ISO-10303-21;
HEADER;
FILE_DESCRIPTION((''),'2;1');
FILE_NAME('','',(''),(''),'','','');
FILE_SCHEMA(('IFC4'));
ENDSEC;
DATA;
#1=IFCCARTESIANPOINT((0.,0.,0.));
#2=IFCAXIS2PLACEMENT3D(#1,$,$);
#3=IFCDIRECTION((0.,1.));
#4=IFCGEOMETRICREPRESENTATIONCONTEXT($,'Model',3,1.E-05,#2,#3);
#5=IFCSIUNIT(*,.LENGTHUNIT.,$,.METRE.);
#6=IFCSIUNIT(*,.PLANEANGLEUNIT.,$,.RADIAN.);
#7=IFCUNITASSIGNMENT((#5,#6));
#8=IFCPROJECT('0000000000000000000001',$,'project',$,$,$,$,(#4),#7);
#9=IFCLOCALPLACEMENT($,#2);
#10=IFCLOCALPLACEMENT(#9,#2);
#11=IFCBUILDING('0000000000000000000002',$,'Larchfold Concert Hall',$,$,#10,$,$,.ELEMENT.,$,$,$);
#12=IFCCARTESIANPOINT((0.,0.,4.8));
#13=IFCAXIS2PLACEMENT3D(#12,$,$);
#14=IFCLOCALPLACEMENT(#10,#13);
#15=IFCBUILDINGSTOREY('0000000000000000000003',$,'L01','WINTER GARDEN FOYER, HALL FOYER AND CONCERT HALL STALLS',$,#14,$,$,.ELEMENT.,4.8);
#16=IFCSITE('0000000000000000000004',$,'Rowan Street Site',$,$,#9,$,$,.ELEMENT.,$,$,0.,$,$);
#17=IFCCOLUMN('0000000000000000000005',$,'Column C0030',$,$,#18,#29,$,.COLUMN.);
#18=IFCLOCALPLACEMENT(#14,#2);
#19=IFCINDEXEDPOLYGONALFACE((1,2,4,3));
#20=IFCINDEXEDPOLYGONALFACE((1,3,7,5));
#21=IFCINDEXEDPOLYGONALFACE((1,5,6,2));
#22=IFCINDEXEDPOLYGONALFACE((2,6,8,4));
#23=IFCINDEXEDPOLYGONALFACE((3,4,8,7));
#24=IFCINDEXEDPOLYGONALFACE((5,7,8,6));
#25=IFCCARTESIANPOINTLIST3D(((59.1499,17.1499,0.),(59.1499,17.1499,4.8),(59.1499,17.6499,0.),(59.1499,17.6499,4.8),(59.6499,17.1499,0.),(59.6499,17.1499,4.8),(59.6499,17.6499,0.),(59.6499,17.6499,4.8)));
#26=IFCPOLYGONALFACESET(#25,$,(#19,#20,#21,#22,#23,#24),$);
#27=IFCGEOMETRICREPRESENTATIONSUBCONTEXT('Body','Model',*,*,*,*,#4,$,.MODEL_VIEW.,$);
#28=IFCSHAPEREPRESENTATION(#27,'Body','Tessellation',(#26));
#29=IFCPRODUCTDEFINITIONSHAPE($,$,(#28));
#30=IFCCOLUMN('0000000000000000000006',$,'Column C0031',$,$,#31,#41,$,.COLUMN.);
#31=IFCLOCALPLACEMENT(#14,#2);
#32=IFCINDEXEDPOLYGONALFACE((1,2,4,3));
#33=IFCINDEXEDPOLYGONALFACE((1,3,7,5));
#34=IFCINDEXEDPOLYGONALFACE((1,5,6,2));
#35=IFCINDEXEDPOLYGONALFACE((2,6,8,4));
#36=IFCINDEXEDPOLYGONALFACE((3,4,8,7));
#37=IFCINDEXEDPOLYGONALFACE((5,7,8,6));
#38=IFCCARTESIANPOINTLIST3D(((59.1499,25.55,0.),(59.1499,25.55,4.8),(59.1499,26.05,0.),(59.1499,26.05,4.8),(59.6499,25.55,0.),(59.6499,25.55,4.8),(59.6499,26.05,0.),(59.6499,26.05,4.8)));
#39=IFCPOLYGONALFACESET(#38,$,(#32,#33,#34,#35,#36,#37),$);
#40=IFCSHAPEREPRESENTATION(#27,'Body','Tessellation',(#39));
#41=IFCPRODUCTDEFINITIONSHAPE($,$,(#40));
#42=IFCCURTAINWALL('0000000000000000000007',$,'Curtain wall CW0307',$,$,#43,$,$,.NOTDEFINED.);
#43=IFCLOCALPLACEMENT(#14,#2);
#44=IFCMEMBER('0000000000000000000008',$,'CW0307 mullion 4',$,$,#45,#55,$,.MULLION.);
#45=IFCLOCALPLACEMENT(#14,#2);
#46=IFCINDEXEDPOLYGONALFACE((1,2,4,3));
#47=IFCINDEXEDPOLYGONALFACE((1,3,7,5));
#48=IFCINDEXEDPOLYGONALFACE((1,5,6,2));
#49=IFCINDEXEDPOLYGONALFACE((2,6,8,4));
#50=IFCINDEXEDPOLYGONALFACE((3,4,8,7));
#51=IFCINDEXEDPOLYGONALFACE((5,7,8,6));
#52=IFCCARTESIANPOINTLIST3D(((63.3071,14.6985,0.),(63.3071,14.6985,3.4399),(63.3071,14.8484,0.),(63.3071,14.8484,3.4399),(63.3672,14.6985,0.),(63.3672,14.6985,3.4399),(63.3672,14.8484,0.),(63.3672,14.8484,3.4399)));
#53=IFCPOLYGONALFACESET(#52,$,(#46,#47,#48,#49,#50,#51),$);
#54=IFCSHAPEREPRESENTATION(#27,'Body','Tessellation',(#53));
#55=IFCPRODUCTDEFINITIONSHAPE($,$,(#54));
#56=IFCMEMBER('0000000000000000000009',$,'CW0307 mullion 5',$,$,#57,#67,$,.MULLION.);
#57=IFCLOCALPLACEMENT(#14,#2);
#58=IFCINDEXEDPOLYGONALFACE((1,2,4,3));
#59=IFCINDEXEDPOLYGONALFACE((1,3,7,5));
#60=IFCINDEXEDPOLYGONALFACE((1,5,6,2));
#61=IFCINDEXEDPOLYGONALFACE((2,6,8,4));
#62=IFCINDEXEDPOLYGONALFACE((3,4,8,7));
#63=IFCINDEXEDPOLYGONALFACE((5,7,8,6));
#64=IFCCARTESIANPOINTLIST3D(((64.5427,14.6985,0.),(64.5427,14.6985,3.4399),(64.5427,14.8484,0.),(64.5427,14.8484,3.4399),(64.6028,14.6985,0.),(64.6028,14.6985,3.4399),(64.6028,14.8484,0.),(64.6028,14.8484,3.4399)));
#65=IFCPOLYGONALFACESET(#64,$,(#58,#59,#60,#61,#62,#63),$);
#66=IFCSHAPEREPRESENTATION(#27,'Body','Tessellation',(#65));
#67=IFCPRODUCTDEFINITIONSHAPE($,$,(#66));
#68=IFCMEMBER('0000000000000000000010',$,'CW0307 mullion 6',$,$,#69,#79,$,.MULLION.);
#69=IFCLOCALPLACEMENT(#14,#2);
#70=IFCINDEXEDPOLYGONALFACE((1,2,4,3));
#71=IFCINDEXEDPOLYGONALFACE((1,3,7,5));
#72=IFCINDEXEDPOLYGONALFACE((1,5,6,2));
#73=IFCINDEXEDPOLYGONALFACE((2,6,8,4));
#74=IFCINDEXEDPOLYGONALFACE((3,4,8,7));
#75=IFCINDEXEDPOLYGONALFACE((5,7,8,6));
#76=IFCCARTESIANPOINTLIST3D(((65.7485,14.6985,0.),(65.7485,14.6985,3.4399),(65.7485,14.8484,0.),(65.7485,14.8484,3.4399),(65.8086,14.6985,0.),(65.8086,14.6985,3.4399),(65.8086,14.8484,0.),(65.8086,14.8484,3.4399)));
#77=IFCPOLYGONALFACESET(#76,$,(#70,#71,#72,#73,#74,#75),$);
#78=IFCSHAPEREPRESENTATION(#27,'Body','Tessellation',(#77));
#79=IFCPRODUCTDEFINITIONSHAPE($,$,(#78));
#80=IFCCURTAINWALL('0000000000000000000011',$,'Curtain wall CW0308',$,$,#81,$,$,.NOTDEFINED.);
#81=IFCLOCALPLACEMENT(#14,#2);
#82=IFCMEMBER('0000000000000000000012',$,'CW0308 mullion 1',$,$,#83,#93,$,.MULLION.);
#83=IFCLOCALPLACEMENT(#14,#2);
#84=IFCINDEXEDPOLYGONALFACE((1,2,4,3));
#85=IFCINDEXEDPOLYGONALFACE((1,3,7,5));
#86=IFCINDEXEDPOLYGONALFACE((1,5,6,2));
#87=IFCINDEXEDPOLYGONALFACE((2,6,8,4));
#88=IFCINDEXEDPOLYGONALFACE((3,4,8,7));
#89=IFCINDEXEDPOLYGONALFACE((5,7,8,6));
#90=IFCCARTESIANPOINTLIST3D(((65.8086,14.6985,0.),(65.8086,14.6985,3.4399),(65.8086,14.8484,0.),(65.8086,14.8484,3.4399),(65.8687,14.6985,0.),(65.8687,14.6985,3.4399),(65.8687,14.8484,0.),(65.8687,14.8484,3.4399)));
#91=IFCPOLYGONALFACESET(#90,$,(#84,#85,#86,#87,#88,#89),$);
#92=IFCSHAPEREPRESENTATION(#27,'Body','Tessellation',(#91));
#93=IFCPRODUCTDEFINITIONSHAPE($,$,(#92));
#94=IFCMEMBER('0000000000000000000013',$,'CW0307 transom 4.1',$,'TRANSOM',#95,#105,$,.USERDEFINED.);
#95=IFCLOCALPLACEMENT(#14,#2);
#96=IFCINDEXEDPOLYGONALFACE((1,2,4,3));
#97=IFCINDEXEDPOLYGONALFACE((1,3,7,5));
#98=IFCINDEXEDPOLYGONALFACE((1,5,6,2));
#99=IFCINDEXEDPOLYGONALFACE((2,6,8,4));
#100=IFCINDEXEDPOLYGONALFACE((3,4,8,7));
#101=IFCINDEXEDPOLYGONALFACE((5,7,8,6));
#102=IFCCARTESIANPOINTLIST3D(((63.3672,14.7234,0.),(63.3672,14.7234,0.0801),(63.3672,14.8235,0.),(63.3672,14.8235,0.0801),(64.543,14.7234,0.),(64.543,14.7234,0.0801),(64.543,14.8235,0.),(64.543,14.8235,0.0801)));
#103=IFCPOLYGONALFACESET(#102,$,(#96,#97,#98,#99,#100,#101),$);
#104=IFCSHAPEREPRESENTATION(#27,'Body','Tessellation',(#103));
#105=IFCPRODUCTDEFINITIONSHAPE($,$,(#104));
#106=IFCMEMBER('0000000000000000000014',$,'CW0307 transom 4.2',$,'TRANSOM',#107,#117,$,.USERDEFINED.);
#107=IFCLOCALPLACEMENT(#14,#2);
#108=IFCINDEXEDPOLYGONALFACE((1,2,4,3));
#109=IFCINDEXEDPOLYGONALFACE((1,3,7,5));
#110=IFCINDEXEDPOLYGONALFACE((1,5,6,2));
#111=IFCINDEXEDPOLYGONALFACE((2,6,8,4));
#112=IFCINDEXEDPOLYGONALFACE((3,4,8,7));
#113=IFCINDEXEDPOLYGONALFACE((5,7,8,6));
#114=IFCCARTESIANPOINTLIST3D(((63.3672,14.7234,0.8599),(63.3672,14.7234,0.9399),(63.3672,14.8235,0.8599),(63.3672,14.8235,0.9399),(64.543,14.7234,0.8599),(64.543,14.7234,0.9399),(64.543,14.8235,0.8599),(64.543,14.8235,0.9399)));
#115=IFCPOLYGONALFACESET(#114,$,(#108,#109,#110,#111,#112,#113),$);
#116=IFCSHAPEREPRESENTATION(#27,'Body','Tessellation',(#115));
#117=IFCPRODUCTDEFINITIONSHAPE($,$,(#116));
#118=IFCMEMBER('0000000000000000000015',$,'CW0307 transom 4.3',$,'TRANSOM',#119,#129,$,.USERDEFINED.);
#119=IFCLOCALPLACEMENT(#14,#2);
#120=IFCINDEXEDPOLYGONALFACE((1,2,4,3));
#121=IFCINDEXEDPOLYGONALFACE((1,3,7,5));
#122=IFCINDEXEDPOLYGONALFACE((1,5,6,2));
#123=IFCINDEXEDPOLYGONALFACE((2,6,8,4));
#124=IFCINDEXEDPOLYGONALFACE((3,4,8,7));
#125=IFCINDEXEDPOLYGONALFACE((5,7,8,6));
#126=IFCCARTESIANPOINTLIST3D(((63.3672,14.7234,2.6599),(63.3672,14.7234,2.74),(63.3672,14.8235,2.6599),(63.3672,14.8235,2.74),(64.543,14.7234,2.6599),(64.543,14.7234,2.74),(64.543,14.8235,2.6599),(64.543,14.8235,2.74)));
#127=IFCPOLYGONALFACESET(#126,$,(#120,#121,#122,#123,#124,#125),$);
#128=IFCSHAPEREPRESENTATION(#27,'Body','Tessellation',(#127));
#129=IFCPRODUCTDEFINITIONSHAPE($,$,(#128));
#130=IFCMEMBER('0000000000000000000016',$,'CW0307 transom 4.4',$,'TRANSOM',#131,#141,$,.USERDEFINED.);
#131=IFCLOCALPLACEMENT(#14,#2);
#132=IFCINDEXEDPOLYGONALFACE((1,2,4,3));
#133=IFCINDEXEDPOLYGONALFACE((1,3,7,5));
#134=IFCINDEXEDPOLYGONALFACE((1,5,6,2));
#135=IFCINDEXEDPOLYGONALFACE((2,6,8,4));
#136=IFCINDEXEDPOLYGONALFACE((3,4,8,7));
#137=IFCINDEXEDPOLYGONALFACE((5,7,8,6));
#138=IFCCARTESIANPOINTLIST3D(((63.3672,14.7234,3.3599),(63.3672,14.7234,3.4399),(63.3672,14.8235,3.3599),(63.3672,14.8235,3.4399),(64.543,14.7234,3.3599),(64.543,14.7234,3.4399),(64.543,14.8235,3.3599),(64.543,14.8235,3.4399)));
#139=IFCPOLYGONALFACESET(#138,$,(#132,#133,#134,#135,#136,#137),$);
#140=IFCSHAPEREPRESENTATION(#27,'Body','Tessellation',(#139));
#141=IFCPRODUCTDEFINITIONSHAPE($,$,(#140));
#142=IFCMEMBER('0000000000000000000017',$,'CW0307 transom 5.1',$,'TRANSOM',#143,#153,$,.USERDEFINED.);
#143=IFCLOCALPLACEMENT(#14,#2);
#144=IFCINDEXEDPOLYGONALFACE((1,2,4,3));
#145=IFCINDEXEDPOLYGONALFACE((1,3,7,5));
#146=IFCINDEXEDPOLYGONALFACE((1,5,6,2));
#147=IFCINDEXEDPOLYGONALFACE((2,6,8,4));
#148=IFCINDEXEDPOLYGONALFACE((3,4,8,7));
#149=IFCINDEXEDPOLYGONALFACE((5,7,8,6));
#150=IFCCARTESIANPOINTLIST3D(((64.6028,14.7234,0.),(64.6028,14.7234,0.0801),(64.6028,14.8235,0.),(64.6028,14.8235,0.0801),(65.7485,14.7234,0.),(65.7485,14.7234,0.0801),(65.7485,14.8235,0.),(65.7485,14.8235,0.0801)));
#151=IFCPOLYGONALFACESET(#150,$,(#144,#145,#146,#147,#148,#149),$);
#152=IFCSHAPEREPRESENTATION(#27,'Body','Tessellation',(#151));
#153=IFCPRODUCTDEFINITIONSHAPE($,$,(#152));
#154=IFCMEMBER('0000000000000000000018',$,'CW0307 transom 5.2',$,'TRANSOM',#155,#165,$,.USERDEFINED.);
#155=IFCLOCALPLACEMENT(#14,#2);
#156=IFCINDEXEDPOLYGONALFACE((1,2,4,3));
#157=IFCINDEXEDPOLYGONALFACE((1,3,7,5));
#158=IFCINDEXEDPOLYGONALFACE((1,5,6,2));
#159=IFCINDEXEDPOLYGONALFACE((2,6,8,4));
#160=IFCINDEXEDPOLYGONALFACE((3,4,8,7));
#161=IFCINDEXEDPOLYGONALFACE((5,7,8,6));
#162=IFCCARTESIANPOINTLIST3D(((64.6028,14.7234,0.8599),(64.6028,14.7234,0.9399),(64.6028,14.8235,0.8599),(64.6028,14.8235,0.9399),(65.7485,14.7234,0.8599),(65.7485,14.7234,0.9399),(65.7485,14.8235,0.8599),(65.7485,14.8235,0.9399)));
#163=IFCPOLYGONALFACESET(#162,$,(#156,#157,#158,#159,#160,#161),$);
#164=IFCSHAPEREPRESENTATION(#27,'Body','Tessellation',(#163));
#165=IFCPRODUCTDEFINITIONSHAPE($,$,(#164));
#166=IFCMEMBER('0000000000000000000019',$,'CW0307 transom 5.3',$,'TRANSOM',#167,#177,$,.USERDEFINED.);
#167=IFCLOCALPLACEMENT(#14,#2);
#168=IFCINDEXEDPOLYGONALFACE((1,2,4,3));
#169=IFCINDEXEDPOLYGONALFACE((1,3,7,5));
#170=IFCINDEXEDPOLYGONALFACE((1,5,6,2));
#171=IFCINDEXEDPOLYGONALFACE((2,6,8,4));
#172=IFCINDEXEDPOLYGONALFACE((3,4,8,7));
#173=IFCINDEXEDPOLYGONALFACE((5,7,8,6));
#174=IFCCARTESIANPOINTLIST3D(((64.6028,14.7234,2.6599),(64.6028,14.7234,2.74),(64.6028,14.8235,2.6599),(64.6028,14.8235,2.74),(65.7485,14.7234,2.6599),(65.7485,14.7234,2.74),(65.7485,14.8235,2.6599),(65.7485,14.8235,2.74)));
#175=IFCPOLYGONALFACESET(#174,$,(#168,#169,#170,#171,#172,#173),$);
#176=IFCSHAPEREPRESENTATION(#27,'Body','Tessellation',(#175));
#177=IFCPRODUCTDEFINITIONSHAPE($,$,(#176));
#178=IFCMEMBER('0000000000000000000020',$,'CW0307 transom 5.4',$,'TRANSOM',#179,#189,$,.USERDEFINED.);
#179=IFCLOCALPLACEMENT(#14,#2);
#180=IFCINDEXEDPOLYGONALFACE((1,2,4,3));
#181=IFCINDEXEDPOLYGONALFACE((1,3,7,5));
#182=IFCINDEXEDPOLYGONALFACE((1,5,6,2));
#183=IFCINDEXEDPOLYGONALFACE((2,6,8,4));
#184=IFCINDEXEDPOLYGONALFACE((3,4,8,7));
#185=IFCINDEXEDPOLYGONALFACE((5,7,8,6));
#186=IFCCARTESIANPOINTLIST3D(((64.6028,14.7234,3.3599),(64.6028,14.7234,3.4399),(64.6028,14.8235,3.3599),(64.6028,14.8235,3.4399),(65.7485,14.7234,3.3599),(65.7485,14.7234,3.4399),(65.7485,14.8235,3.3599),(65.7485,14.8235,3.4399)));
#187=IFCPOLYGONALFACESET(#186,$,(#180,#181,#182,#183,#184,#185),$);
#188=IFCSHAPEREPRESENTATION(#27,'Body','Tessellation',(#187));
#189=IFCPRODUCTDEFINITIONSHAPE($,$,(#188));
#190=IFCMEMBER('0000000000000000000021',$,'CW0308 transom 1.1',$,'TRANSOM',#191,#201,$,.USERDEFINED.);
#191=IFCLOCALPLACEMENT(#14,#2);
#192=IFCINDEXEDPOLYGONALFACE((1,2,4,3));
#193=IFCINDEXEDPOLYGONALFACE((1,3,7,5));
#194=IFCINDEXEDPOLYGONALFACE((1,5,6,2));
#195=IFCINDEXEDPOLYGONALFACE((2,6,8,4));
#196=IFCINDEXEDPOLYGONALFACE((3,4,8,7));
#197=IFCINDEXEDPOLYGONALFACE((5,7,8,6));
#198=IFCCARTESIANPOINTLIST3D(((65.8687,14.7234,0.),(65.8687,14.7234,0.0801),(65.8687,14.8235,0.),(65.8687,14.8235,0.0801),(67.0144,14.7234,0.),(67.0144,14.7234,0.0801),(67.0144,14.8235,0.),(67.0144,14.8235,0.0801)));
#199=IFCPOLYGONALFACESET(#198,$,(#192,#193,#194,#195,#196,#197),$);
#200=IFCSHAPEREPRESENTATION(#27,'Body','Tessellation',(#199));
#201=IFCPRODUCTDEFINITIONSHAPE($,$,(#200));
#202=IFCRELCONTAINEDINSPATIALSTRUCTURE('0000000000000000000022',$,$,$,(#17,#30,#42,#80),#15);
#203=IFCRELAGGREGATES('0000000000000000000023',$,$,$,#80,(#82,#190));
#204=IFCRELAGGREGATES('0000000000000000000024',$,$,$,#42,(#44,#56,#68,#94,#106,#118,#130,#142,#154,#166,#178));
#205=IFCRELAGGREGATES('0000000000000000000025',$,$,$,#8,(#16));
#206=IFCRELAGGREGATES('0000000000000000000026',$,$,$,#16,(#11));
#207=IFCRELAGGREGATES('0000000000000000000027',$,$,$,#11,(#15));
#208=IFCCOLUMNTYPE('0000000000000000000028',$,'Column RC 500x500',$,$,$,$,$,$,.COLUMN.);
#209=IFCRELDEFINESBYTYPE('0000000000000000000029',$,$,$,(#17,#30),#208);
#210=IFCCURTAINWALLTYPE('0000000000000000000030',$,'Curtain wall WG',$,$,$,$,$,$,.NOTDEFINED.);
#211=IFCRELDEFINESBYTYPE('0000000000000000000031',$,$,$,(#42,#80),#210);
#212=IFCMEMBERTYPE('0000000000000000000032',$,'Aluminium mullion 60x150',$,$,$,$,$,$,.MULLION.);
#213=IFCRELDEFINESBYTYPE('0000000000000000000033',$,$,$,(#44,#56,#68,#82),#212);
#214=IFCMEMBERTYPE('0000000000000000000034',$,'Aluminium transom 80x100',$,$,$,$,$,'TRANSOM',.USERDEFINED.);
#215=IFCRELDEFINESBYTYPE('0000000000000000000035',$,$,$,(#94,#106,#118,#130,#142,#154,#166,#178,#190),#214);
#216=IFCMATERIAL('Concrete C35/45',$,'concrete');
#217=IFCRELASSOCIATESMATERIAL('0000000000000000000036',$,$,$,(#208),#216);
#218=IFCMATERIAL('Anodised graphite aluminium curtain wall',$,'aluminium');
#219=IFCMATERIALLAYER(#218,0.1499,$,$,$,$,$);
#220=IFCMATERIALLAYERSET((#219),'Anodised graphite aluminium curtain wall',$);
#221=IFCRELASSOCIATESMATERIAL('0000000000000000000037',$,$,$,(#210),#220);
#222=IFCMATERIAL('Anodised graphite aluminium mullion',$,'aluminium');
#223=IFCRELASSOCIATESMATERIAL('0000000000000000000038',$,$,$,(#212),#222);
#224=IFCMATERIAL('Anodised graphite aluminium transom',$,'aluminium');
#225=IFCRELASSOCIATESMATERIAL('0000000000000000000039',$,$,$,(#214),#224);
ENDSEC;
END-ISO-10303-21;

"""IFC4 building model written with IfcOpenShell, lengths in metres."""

from ifc_helpers import new_model, si_unit, direction, frame, origin, origin_2d, place, context, subcontext, project, spatial, rectangle, extrude, material, layer, layer_set, material_profile, profile_set, type_object, element, aggregate, save


model = new_model("IFC4")

# Units and contexts
model_context = context("Model", 3, precision=1e-05, world=origin(), true_north=direction((0.0, 1.0)))
body_context = subcontext(model_context, "Body", "Model", "MODEL_VIEW")
ifc_project = project(units=[si_unit("LENGTHUNIT", "METRE"), si_unit("PLANEANGLEUNIT", "RADIAN")], contexts=[model_context])

# Site, building, storey
site_placement = place(None, origin())
site = spatial("IfcSite", under=ifc_project, at=site_placement, Name="Rowan Street Site", CompositionType="ELEMENT", RefElevation=0.0)
building_placement = place(site_placement, origin())
building = spatial("IfcBuilding", under=site, at=building_placement, Name="Larchfold Concert Hall", CompositionType="ELEMENT")
storey_placement = place(building_placement, frame((0.0, 0.0, 4.8)))
storey = spatial("IfcBuildingStorey", under=building, at=storey_placement, Name="L01", Description="WINTER GARDEN FOYER, HALL FOYER AND CONCERT HALL STALLS", CompositionType="ELEMENT", Elevation=4.8)

# Columns
ifc_material_1 = material(Name="Concrete C35/45", Category="concrete")
ifc_material_profile_1 = material_profile(ifc_material_1, rectangle(XDim=0.5, YDim=0.5, at=origin_2d()))
ifc_profile_set_1 = profile_set([ifc_material_profile_1], Name="Concrete C35/45")
column_type = type_object("IfcColumnType", Name="Column RC 500x500", PredefinedType="COLUMN", material=ifc_profile_set_1)
for number, where, z_axis, x_axis, name in (
    (1, (59.3999, 17.3999, 0.0), (0.0, 0.0, 1.0), (1.0, 0.0, 0.0), "Column C0030"),
    (2, (59.3999, 25.8, 0.0), (0.0, 0.0, 1.0), (1.0, 0.0, 0.0), "Column C0031"),
):
    element("IfcColumn", number, at=place(storey_placement, frame(where, z_axis=z_axis, x_axis=x_axis)), inside=storey, type_object=column_type, Name=name, PredefinedType="COLUMN", context=body_context, shape_type="SweptSolid", body=[
        extrude(rectangle(XDim=0.5, YDim=0.5, at=origin_2d()), origin(), (0.0, 0.0, 1.0), 4.8),
    ])

# Curtain wall, members
ifc_material_2 = material(Name="Anodised graphite aluminium curtain wall", Category="aluminium")
ifc_layer_1 = layer(ifc_material_2, 0.1499)
ifc_layer_set_1 = layer_set([ifc_layer_1], Name="Anodised graphite aluminium curtain wall")
curtain_wall_type = type_object("IfcCurtainWallType", Name="Curtain wall WG", PredefinedType="NOTDEFINED", material=ifc_layer_set_1)
curtain_wall_1_placement = place(storey_placement, origin())
curtain_wall_1 = element("IfcCurtainWall", 3, at=curtain_wall_1_placement, inside=storey, type_object=curtain_wall_type, Name="Curtain wall CW0307", PredefinedType="NOTDEFINED")
ifc_material_3 = material(Name="Anodised graphite aluminium mullion", Category="aluminium")
ifc_material_profile_2 = material_profile(ifc_material_3, rectangle(XDim=0.1499, YDim=0.0601, at=origin_2d()))
ifc_profile_set_2 = profile_set([ifc_material_profile_2], Name="Anodised graphite aluminium mullion")
member_type_1 = type_object("IfcMemberType", Name="Aluminium mullion 60x150", PredefinedType="MULLION", material=ifc_profile_set_2)
member_1_placement = place(storey_placement, frame((63.3372, 14.7734, 0.0), z_axis=(0.0, 0.0, 1.0), x_axis=(0.0, 1.0, 0.0)))
member_1 = element("IfcMember", 4, at=member_1_placement, type_object=member_type_1, Name="CW0307 mullion 4", PredefinedType="MULLION", context=body_context, shape_type="SweptSolid", body=[
    extrude(rectangle(XDim=0.1499, YDim=0.0601, at=origin_2d()), origin(), (0.0, 0.0, 1.0), 3.4399),
])
member_2_placement = place(storey_placement, frame((64.5728, 14.7734, 0.0), z_axis=(0.0, 0.0, 1.0), x_axis=(0.0, 1.0, 0.0)))
member_2 = element("IfcMember", 5, at=member_2_placement, type_object=member_type_1, Name="CW0307 mullion 5", PredefinedType="MULLION", context=body_context, shape_type="SweptSolid", body=[
    extrude(rectangle(XDim=0.1499, YDim=0.0601, at=origin_2d()), origin(), (0.0, 0.0, 1.0), 3.4399),
])
member_3_placement = place(storey_placement, frame((65.7786, 14.7734, 0.0), z_axis=(0.0, 0.0, 1.0), x_axis=(0.0, 1.0, 0.0)))
member_3 = element("IfcMember", 6, at=member_3_placement, type_object=member_type_1, Name="CW0307 mullion 6", PredefinedType="MULLION", context=body_context, shape_type="SweptSolid", body=[
    extrude(rectangle(XDim=0.1499, YDim=0.0601, at=origin_2d()), origin(), (0.0, 0.0, 1.0), 3.4399),
])

# Curtain wall, member
curtain_wall_2_placement = place(storey_placement, origin())
curtain_wall_2 = element("IfcCurtainWall", 7, at=curtain_wall_2_placement, inside=storey, type_object=curtain_wall_type, Name="Curtain wall CW0308", PredefinedType="NOTDEFINED")
member_4_placement = place(storey_placement, frame((65.8386, 14.7734, 0.0), z_axis=(0.0, 0.0, 1.0), x_axis=(0.0, 1.0, 0.0)))
member_4 = element("IfcMember", 8, at=member_4_placement, type_object=member_type_1, Name="CW0308 mullion 1", PredefinedType="MULLION", context=body_context, shape_type="SweptSolid", body=[
    extrude(rectangle(XDim=0.1499, YDim=0.0601, at=origin_2d()), origin(), (0.0, 0.0, 1.0), 3.4399),
])

# Members
ifc_material_4 = material(Name="Anodised graphite aluminium transom", Category="aluminium")
ifc_material_profile_3 = material_profile(ifc_material_4, rectangle(XDim=0.1001, YDim=0.0801, at=origin_2d()))
ifc_profile_set_3 = profile_set([ifc_material_profile_3], Name="Anodised graphite aluminium transom")
member_type_2 = type_object("IfcMemberType", Name="Aluminium transom 80x100", ElementType="TRANSOM", PredefinedType="USERDEFINED", material=ifc_profile_set_3)
member_5_placement = place(storey_placement, frame((63.3672, 14.7734, 0.04), z_axis=(1.0, 0.0, 0.0), x_axis=(0.0, 1.0, 0.0)))
member_5 = element("IfcMember", 9, at=member_5_placement, type_object=member_type_2, Name="CW0307 transom 4.1", ObjectType="TRANSOM", PredefinedType="USERDEFINED", context=body_context, shape_type="SweptSolid", body=[
    extrude(rectangle(XDim=0.1001, YDim=0.0801, at=origin_2d()), origin(), (0.0, 0.0, 1.0), 1.1758),
])
member_6_placement = place(storey_placement, frame((63.3672, 14.7734, 0.8999), z_axis=(1.0, 0.0, 0.0), x_axis=(0.0, 1.0, 0.0)))
member_6 = element("IfcMember", 10, at=member_6_placement, type_object=member_type_2, Name="CW0307 transom 4.2", ObjectType="TRANSOM", PredefinedType="USERDEFINED", context=body_context, shape_type="SweptSolid", body=[
    extrude(rectangle(XDim=0.1001, YDim=0.0801, at=origin_2d()), origin(), (0.0, 0.0, 1.0), 1.1758),
])
member_7_placement = place(storey_placement, frame((63.3672, 14.7734, 2.7), z_axis=(1.0, 0.0, 0.0), x_axis=(0.0, 1.0, 0.0)))
member_7 = element("IfcMember", 11, at=member_7_placement, type_object=member_type_2, Name="CW0307 transom 4.3", ObjectType="TRANSOM", PredefinedType="USERDEFINED", context=body_context, shape_type="SweptSolid", body=[
    extrude(rectangle(XDim=0.1001, YDim=0.0801, at=origin_2d()), origin(), (0.0, 0.0, 1.0), 1.1758),
])
member_8_placement = place(storey_placement, frame((63.3672, 14.7734, 3.3999), z_axis=(1.0, 0.0, 0.0), x_axis=(0.0, 1.0, 0.0)))
member_8 = element("IfcMember", 12, at=member_8_placement, type_object=member_type_2, Name="CW0307 transom 4.4", ObjectType="TRANSOM", PredefinedType="USERDEFINED", context=body_context, shape_type="SweptSolid", body=[
    extrude(rectangle(XDim=0.1001, YDim=0.0801, at=origin_2d()), origin(), (0.0, 0.0, 1.0), 1.1758),
])
member_9_placement = place(storey_placement, frame((64.6028, 14.7734, 0.04), z_axis=(1.0, 0.0, 0.0), x_axis=(0.0, 1.0, 0.0)))
member_9 = element("IfcMember", 13, at=member_9_placement, type_object=member_type_2, Name="CW0307 transom 5.1", ObjectType="TRANSOM", PredefinedType="USERDEFINED", context=body_context, shape_type="SweptSolid", body=[
    extrude(rectangle(XDim=0.1001, YDim=0.0801, at=origin_2d()), origin(), (0.0, 0.0, 1.0), 1.1458),
])
member_10_placement = place(storey_placement, frame((64.6028, 14.7734, 0.8999), z_axis=(1.0, 0.0, 0.0), x_axis=(0.0, 1.0, 0.0)))
member_10 = element("IfcMember", 14, at=member_10_placement, type_object=member_type_2, Name="CW0307 transom 5.2", ObjectType="TRANSOM", PredefinedType="USERDEFINED", context=body_context, shape_type="SweptSolid", body=[
    extrude(rectangle(XDim=0.1001, YDim=0.0801, at=origin_2d()), origin(), (0.0, 0.0, 1.0), 1.1458),
])
member_11_placement = place(storey_placement, frame((64.6028, 14.7734, 2.7), z_axis=(1.0, 0.0, 0.0), x_axis=(0.0, 1.0, 0.0)))
member_11 = element("IfcMember", 15, at=member_11_placement, type_object=member_type_2, Name="CW0307 transom 5.3", ObjectType="TRANSOM", PredefinedType="USERDEFINED", context=body_context, shape_type="SweptSolid", body=[
    extrude(rectangle(XDim=0.1001, YDim=0.0801, at=origin_2d()), origin(), (0.0, 0.0, 1.0), 1.1458),
])
member_12_placement = place(storey_placement, frame((64.6028, 14.7734, 3.3999), z_axis=(1.0, 0.0, 0.0), x_axis=(0.0, 1.0, 0.0)))
member_12 = element("IfcMember", 16, at=member_12_placement, type_object=member_type_2, Name="CW0307 transom 5.4", ObjectType="TRANSOM", PredefinedType="USERDEFINED", context=body_context, shape_type="SweptSolid", body=[
    extrude(rectangle(XDim=0.1001, YDim=0.0801, at=origin_2d()), origin(), (0.0, 0.0, 1.0), 1.1458),
])
member_13_placement = place(storey_placement, frame((65.8687, 14.7734, 0.04), z_axis=(1.0, 0.0, 0.0), x_axis=(0.0, 1.0, 0.0)))
member_13 = element("IfcMember", 17, at=member_13_placement, type_object=member_type_2, Name="CW0308 transom 1.1", ObjectType="TRANSOM", PredefinedType="USERDEFINED", context=body_context, shape_type="SweptSolid", body=[
    extrude(rectangle(XDim=0.1001, YDim=0.0801, at=origin_2d()), origin(), (0.0, 0.0, 1.0), 1.1458),
])
aggregate(curtain_wall_2, [member_4, member_13])

aggregate(curtain_wall_1, [member_1, member_2, member_3, member_5, member_6, member_7, member_8, member_9, member_10, member_11, member_12])

save(model, "model.ifc")
